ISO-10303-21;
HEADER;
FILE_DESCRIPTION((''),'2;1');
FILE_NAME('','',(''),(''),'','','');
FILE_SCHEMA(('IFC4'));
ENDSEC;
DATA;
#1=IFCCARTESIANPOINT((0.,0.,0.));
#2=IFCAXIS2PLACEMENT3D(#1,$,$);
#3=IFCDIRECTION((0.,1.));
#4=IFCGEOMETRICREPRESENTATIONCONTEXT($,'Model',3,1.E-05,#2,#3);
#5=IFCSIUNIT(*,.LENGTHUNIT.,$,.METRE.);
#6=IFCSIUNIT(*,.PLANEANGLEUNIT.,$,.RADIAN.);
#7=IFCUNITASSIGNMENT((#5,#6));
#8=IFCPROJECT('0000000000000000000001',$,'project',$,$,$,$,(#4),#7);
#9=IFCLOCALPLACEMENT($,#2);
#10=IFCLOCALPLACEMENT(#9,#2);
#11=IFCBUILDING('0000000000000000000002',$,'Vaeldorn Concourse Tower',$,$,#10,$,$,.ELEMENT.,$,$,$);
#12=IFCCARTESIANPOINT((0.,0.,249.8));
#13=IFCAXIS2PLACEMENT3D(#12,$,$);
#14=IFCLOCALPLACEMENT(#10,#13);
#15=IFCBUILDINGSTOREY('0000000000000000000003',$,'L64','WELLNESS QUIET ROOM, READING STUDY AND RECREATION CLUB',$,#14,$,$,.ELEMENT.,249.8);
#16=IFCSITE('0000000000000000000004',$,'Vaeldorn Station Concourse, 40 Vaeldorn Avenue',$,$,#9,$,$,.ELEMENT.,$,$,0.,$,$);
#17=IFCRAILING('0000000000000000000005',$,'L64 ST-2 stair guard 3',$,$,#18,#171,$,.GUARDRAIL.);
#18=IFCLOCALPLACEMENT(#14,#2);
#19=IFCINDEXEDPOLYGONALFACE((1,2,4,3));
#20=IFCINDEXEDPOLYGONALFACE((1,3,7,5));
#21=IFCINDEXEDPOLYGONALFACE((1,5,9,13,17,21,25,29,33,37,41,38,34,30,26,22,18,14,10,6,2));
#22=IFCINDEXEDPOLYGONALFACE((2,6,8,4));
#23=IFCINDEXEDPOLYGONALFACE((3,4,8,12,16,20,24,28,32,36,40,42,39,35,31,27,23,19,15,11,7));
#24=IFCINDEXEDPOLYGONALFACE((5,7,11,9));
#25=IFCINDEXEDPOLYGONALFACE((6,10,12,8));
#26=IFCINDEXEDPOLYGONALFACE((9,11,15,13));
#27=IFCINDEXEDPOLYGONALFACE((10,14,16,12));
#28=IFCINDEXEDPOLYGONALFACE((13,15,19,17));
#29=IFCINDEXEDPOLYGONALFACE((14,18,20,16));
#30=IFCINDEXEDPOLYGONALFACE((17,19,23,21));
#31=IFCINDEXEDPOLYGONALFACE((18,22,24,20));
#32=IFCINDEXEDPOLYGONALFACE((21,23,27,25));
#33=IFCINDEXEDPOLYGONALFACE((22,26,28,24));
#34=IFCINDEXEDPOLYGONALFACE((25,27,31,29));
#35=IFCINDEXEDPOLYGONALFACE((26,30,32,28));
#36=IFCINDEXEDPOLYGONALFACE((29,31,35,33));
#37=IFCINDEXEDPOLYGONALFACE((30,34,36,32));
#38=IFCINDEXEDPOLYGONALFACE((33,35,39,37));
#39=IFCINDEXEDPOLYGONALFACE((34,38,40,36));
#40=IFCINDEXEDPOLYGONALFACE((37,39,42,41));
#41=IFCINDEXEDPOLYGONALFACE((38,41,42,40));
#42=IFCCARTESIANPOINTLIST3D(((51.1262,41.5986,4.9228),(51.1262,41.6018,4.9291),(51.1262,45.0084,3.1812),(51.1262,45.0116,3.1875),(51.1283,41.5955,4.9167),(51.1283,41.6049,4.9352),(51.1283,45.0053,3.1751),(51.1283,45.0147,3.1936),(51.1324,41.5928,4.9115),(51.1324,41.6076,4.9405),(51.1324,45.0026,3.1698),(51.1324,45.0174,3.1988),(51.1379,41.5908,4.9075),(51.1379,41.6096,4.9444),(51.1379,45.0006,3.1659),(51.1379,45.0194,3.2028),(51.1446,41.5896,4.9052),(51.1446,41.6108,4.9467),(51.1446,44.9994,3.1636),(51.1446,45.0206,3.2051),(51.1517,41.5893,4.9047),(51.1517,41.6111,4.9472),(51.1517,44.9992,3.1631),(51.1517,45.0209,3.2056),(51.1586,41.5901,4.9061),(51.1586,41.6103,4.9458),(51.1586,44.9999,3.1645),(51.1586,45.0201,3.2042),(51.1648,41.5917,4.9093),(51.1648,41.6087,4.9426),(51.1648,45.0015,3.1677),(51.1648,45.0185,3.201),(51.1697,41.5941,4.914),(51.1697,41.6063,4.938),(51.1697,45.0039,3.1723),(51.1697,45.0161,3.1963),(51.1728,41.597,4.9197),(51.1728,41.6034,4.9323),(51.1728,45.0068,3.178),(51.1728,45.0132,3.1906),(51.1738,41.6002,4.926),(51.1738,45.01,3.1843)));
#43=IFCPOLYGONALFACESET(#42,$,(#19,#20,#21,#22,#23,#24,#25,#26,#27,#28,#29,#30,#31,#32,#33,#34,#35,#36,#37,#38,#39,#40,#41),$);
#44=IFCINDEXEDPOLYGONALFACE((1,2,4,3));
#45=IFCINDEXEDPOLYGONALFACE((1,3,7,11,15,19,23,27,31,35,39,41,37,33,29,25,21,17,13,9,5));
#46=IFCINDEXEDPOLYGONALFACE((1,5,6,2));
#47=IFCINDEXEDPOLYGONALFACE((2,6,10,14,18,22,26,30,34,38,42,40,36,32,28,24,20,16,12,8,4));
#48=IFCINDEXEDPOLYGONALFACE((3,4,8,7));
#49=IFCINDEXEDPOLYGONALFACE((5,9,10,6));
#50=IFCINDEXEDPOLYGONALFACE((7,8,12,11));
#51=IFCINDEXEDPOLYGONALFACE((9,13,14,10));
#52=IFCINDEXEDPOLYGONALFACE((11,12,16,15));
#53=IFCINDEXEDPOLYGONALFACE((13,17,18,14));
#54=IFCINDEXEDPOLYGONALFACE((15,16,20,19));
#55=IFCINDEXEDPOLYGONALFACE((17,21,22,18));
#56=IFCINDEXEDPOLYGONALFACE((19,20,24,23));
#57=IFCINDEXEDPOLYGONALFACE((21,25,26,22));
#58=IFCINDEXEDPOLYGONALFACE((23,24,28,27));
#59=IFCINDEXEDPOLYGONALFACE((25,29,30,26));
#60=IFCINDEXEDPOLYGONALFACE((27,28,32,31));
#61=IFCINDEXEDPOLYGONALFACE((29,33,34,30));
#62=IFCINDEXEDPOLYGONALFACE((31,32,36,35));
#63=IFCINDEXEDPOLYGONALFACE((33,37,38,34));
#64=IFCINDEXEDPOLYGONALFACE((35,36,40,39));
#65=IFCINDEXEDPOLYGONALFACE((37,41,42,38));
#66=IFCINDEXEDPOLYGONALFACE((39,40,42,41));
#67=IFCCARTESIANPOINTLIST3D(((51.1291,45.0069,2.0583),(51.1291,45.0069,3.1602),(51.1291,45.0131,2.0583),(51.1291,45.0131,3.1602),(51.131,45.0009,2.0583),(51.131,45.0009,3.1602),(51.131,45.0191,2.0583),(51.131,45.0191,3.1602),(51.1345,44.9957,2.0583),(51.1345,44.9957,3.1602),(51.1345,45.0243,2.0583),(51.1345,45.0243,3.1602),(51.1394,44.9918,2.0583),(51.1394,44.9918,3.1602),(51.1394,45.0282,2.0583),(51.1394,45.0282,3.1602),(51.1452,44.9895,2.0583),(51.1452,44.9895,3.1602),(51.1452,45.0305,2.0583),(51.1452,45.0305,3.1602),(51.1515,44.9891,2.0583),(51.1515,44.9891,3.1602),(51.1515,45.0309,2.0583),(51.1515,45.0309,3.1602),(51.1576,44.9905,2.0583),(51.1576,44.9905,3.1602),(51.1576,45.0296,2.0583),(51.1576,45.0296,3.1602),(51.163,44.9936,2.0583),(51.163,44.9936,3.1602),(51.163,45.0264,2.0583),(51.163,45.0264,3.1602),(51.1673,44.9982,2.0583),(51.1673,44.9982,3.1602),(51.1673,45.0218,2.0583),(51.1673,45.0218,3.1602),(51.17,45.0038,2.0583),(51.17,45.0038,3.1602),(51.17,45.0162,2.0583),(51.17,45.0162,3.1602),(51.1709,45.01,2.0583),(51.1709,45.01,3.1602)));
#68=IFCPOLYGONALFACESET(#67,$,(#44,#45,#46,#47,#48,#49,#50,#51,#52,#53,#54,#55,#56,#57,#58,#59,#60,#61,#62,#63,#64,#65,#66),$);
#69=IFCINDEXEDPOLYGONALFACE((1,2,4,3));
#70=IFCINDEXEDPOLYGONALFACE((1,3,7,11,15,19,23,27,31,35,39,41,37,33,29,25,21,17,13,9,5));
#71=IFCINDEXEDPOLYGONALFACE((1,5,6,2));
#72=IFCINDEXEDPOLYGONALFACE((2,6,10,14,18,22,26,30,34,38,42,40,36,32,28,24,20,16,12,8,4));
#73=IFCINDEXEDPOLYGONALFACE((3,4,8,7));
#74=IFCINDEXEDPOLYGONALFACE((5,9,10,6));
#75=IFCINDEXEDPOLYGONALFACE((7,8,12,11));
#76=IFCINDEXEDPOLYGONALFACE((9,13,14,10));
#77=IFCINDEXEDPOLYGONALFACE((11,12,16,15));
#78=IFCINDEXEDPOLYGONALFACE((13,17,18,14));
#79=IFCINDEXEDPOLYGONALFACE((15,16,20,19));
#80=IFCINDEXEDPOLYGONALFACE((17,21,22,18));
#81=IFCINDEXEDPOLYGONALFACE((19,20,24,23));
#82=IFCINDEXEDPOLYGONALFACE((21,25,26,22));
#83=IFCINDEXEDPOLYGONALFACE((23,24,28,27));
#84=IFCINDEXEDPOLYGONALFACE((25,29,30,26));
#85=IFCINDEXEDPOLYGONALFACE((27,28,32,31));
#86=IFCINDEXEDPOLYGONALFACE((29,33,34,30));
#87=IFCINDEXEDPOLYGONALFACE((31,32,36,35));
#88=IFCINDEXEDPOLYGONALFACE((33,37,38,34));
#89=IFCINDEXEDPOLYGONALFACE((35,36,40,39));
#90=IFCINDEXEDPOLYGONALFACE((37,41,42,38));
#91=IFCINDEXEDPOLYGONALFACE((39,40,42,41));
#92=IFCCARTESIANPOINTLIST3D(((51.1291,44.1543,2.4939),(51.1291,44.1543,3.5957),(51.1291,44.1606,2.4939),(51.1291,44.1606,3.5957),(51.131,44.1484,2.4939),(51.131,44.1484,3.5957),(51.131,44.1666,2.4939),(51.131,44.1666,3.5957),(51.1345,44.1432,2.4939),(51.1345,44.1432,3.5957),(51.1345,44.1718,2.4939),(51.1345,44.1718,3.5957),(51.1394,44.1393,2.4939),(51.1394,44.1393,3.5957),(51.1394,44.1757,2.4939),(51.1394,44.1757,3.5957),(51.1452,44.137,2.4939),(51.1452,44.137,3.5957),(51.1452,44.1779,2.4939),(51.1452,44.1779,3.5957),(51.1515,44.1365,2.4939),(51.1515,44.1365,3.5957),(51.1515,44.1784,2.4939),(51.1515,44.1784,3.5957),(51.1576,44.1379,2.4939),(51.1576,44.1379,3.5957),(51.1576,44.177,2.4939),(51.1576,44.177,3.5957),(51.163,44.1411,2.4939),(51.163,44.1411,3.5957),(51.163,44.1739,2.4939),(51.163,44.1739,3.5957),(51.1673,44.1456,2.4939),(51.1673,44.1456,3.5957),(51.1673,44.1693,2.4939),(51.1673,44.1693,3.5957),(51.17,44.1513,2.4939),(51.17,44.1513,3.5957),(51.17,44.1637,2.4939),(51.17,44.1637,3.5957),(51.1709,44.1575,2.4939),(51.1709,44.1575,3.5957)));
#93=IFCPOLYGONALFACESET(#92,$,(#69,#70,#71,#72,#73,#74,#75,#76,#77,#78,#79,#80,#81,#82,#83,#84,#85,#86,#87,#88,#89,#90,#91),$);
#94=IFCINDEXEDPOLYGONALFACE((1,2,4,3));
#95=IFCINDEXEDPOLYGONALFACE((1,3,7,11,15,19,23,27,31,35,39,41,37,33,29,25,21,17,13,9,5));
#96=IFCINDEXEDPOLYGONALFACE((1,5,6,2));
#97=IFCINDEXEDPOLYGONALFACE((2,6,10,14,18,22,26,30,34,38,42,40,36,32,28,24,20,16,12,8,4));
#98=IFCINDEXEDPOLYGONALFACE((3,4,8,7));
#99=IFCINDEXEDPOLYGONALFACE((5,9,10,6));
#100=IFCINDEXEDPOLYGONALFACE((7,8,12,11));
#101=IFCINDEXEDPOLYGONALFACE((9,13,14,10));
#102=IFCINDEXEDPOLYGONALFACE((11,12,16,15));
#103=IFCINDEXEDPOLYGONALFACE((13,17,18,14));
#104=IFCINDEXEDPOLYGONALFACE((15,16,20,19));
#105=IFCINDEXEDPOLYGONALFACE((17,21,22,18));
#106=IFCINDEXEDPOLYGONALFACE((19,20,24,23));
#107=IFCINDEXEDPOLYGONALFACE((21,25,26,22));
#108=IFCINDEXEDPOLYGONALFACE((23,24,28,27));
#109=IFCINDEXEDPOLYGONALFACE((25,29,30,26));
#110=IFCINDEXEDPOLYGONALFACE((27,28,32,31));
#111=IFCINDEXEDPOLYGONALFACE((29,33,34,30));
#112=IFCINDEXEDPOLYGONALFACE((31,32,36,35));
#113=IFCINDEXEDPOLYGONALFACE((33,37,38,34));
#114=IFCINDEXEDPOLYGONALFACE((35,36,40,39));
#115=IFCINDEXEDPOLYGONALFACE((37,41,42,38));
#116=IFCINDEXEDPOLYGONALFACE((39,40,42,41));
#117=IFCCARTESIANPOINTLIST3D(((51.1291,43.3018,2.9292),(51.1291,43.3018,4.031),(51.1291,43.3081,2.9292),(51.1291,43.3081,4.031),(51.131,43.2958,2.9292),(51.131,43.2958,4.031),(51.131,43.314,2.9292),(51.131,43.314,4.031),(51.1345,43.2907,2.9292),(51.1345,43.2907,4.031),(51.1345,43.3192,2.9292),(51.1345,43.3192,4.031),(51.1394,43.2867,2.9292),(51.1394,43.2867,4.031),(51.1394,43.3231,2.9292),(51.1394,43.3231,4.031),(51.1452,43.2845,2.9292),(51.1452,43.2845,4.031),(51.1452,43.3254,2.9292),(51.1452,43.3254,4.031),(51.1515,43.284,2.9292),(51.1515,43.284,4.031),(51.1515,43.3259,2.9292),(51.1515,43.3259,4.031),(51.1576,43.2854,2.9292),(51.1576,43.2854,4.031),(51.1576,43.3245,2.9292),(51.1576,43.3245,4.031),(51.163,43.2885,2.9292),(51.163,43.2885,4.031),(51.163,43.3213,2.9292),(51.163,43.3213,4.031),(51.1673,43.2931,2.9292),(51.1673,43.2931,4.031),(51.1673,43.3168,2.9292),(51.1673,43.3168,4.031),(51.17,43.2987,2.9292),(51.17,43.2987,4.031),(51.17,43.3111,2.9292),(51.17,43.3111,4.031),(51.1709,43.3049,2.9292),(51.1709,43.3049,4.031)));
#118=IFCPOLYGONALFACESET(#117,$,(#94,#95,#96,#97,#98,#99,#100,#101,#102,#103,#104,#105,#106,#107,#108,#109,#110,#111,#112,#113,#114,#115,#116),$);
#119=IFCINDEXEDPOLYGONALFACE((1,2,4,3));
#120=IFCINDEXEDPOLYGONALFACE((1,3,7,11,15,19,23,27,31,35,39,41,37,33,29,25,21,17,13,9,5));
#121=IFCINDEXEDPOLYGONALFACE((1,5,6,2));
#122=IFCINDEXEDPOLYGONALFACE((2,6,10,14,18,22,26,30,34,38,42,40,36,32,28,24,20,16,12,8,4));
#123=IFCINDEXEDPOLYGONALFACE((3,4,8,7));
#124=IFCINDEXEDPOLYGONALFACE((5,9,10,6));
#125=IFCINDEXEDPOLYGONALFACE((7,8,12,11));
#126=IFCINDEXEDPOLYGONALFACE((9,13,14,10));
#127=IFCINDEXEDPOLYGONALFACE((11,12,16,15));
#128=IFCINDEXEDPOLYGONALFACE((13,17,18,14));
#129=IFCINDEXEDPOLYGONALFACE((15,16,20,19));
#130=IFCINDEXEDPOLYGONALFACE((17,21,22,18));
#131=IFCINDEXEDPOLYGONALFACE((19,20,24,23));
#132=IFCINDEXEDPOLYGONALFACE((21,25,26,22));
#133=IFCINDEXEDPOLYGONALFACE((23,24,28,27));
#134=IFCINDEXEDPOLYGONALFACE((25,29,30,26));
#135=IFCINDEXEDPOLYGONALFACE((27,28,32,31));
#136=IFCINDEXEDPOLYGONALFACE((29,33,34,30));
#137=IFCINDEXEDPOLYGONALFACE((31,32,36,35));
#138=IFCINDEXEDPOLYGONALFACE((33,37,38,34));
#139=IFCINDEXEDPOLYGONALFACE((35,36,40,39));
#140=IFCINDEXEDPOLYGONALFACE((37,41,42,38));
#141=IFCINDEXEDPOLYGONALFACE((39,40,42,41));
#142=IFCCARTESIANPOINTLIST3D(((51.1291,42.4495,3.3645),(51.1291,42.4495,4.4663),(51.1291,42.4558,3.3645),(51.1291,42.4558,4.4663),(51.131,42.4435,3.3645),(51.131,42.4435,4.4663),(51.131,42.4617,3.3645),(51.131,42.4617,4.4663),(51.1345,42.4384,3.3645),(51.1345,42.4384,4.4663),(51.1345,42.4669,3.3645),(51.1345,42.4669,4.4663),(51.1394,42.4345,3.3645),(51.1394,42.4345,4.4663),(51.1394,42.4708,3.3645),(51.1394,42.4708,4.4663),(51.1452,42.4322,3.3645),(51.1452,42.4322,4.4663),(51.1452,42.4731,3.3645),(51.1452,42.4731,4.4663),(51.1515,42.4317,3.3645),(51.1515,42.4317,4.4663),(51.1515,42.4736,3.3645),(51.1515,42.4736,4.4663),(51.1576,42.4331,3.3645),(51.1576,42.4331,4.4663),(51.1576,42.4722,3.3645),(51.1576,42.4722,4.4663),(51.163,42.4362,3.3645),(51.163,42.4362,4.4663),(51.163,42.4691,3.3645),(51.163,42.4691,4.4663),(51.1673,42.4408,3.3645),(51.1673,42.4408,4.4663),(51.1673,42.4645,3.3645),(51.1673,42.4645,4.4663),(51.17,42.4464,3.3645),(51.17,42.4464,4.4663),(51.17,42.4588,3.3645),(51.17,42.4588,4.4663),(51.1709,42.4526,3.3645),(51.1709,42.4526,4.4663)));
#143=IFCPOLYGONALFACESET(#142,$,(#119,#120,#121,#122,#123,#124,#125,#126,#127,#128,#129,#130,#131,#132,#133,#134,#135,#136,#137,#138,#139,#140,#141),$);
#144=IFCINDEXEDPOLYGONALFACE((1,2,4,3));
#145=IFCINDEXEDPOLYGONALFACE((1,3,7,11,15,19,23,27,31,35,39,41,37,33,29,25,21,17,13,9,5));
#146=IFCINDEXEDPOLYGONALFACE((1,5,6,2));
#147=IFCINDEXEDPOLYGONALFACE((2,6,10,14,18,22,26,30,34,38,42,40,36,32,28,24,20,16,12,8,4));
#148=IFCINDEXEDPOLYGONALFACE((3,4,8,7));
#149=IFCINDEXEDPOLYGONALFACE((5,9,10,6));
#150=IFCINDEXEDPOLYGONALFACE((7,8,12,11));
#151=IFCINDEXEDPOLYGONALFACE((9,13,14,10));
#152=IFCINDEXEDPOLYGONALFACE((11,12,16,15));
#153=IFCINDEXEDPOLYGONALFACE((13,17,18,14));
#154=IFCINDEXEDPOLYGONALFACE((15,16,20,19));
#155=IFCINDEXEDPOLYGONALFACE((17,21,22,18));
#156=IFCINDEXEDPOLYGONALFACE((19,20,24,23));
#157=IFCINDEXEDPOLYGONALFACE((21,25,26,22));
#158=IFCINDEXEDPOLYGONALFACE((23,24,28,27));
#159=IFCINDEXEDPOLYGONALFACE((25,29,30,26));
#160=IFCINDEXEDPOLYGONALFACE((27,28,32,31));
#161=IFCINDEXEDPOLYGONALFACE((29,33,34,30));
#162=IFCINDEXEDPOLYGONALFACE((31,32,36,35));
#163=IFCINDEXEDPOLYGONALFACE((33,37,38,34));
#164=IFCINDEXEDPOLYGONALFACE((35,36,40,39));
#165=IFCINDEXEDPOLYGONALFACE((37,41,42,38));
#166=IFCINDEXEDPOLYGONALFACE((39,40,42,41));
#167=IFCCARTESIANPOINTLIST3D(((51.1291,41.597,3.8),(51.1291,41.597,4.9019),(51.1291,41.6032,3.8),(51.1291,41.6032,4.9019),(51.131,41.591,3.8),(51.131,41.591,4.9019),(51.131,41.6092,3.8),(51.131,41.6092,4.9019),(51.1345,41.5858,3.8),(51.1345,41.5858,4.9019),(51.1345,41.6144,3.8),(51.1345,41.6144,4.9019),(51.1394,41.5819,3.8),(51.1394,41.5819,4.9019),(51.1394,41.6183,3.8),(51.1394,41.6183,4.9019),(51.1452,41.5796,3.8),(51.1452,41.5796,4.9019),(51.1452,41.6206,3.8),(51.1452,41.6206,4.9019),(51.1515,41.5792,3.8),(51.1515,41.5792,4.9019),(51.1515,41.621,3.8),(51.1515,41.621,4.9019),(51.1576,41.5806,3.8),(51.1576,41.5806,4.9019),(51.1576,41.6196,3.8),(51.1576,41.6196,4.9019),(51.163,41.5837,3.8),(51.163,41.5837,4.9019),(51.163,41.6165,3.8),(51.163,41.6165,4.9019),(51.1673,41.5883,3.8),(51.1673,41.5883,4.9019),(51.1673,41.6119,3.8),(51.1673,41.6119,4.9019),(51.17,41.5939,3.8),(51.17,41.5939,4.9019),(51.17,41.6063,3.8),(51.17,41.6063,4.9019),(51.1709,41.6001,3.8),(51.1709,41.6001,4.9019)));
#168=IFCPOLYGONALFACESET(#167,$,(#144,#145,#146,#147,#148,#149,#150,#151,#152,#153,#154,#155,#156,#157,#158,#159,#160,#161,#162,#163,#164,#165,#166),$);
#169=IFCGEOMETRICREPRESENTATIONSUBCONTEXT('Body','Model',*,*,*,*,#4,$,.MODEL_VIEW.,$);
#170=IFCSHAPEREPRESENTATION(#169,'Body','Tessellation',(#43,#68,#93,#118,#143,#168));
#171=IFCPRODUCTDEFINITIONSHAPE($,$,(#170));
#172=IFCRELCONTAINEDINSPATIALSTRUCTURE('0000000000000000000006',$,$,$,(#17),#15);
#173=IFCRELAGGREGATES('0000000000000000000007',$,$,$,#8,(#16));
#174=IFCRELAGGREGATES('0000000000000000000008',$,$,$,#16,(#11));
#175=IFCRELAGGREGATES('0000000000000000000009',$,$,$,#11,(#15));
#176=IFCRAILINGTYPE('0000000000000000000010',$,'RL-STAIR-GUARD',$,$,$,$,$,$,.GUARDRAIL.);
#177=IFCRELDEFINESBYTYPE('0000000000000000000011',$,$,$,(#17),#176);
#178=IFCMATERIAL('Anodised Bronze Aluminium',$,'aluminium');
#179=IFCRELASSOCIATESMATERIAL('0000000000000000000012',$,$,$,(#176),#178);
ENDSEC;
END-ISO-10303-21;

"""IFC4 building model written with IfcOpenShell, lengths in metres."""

from ifc_helpers import new_model, si_unit, direction, frame, origin, origin_2d, place, context, subcontext, project, spatial, circle, extrude, material, type_object, element, save


model = new_model("IFC4")

# Units and contexts
model_context = context("Model", 3, precision=1e-05, world=origin(), true_north=direction((0.0, 1.0)))
body_context = subcontext(model_context, "Body", "Model", "MODEL_VIEW")
ifc_project = project(units=[si_unit("LENGTHUNIT", "METRE"), si_unit("PLANEANGLEUNIT", "RADIAN")], contexts=[model_context])

# Site, building, storey
site_placement = place(None, origin())
site = spatial("IfcSite", under=ifc_project, at=site_placement, Name="Vaeldorn Station Concourse, 40 Vaeldorn Avenue", CompositionType="ELEMENT", RefElevation=0.0)
building_placement = place(site_placement, origin())
building = spatial("IfcBuilding", under=site, at=building_placement, Name="Vaeldorn Concourse Tower", CompositionType="ELEMENT")
storey_placement = place(building_placement, frame((0.0, 0.0, 249.8)))
storey = spatial("IfcBuildingStorey", under=building, at=storey_placement, Name="L64", Description="WELLNESS QUIET ROOM, READING STUDY AND RECREATION CLUB", CompositionType="ELEMENT", Elevation=249.8)

# Shared definitions
ifc_material_1 = material(Name="Anodised Bronze Aluminium", Category="aluminium")

# Railing
railing_type_1 = type_object("IfcRailingType", Name="RL-STAIR-GUARD", PredefinedType="GUARDRAIL", material=ifc_material_1)
railing_1_placement = place(storey_placement, frame((51.1499, 45.01, 2.0583)))
element("IfcRailing", 1, at=railing_1_placement, inside=storey, type_object=railing_type_1, Name="L64 ST-2 stair guard 3", PredefinedType="GUARDRAIL", context=body_context, shape_type="SweptSolid", body=[
    extrude(circle(Radius=0.0239, at=origin_2d()), frame((0.0, 0.0, 1.126), z_axis=(0.0, -0.890556, 0.454874), x_axis=(1.0, 0.0, 0.0)), (0.0, 0.0, 1.0), 3.8289),
    extrude(circle(Radius=0.021, at=origin_2d()), origin(), (0.0, 0.0, 1.0), 1.1018),
    extrude(circle(Radius=0.021, at=origin_2d()), frame((0.0, -0.8525, 0.4355)), (0.0, 0.0, 1.0), 1.1018),
    extrude(circle(Radius=0.021, at=origin_2d()), frame((0.0, -1.7051, 0.8708)), (0.0, 0.0, 1.0), 1.1018),
    extrude(circle(Radius=0.021, at=origin_2d()), frame((0.0, -2.5574, 1.3062)), (0.0, 0.0, 1.0), 1.1018),
    extrude(circle(Radius=0.021, at=origin_2d()), frame((0.0, -3.4099, 1.7417)), (0.0, 0.0, 1.0), 1.1018),
])

save(model, "model.ifc")
